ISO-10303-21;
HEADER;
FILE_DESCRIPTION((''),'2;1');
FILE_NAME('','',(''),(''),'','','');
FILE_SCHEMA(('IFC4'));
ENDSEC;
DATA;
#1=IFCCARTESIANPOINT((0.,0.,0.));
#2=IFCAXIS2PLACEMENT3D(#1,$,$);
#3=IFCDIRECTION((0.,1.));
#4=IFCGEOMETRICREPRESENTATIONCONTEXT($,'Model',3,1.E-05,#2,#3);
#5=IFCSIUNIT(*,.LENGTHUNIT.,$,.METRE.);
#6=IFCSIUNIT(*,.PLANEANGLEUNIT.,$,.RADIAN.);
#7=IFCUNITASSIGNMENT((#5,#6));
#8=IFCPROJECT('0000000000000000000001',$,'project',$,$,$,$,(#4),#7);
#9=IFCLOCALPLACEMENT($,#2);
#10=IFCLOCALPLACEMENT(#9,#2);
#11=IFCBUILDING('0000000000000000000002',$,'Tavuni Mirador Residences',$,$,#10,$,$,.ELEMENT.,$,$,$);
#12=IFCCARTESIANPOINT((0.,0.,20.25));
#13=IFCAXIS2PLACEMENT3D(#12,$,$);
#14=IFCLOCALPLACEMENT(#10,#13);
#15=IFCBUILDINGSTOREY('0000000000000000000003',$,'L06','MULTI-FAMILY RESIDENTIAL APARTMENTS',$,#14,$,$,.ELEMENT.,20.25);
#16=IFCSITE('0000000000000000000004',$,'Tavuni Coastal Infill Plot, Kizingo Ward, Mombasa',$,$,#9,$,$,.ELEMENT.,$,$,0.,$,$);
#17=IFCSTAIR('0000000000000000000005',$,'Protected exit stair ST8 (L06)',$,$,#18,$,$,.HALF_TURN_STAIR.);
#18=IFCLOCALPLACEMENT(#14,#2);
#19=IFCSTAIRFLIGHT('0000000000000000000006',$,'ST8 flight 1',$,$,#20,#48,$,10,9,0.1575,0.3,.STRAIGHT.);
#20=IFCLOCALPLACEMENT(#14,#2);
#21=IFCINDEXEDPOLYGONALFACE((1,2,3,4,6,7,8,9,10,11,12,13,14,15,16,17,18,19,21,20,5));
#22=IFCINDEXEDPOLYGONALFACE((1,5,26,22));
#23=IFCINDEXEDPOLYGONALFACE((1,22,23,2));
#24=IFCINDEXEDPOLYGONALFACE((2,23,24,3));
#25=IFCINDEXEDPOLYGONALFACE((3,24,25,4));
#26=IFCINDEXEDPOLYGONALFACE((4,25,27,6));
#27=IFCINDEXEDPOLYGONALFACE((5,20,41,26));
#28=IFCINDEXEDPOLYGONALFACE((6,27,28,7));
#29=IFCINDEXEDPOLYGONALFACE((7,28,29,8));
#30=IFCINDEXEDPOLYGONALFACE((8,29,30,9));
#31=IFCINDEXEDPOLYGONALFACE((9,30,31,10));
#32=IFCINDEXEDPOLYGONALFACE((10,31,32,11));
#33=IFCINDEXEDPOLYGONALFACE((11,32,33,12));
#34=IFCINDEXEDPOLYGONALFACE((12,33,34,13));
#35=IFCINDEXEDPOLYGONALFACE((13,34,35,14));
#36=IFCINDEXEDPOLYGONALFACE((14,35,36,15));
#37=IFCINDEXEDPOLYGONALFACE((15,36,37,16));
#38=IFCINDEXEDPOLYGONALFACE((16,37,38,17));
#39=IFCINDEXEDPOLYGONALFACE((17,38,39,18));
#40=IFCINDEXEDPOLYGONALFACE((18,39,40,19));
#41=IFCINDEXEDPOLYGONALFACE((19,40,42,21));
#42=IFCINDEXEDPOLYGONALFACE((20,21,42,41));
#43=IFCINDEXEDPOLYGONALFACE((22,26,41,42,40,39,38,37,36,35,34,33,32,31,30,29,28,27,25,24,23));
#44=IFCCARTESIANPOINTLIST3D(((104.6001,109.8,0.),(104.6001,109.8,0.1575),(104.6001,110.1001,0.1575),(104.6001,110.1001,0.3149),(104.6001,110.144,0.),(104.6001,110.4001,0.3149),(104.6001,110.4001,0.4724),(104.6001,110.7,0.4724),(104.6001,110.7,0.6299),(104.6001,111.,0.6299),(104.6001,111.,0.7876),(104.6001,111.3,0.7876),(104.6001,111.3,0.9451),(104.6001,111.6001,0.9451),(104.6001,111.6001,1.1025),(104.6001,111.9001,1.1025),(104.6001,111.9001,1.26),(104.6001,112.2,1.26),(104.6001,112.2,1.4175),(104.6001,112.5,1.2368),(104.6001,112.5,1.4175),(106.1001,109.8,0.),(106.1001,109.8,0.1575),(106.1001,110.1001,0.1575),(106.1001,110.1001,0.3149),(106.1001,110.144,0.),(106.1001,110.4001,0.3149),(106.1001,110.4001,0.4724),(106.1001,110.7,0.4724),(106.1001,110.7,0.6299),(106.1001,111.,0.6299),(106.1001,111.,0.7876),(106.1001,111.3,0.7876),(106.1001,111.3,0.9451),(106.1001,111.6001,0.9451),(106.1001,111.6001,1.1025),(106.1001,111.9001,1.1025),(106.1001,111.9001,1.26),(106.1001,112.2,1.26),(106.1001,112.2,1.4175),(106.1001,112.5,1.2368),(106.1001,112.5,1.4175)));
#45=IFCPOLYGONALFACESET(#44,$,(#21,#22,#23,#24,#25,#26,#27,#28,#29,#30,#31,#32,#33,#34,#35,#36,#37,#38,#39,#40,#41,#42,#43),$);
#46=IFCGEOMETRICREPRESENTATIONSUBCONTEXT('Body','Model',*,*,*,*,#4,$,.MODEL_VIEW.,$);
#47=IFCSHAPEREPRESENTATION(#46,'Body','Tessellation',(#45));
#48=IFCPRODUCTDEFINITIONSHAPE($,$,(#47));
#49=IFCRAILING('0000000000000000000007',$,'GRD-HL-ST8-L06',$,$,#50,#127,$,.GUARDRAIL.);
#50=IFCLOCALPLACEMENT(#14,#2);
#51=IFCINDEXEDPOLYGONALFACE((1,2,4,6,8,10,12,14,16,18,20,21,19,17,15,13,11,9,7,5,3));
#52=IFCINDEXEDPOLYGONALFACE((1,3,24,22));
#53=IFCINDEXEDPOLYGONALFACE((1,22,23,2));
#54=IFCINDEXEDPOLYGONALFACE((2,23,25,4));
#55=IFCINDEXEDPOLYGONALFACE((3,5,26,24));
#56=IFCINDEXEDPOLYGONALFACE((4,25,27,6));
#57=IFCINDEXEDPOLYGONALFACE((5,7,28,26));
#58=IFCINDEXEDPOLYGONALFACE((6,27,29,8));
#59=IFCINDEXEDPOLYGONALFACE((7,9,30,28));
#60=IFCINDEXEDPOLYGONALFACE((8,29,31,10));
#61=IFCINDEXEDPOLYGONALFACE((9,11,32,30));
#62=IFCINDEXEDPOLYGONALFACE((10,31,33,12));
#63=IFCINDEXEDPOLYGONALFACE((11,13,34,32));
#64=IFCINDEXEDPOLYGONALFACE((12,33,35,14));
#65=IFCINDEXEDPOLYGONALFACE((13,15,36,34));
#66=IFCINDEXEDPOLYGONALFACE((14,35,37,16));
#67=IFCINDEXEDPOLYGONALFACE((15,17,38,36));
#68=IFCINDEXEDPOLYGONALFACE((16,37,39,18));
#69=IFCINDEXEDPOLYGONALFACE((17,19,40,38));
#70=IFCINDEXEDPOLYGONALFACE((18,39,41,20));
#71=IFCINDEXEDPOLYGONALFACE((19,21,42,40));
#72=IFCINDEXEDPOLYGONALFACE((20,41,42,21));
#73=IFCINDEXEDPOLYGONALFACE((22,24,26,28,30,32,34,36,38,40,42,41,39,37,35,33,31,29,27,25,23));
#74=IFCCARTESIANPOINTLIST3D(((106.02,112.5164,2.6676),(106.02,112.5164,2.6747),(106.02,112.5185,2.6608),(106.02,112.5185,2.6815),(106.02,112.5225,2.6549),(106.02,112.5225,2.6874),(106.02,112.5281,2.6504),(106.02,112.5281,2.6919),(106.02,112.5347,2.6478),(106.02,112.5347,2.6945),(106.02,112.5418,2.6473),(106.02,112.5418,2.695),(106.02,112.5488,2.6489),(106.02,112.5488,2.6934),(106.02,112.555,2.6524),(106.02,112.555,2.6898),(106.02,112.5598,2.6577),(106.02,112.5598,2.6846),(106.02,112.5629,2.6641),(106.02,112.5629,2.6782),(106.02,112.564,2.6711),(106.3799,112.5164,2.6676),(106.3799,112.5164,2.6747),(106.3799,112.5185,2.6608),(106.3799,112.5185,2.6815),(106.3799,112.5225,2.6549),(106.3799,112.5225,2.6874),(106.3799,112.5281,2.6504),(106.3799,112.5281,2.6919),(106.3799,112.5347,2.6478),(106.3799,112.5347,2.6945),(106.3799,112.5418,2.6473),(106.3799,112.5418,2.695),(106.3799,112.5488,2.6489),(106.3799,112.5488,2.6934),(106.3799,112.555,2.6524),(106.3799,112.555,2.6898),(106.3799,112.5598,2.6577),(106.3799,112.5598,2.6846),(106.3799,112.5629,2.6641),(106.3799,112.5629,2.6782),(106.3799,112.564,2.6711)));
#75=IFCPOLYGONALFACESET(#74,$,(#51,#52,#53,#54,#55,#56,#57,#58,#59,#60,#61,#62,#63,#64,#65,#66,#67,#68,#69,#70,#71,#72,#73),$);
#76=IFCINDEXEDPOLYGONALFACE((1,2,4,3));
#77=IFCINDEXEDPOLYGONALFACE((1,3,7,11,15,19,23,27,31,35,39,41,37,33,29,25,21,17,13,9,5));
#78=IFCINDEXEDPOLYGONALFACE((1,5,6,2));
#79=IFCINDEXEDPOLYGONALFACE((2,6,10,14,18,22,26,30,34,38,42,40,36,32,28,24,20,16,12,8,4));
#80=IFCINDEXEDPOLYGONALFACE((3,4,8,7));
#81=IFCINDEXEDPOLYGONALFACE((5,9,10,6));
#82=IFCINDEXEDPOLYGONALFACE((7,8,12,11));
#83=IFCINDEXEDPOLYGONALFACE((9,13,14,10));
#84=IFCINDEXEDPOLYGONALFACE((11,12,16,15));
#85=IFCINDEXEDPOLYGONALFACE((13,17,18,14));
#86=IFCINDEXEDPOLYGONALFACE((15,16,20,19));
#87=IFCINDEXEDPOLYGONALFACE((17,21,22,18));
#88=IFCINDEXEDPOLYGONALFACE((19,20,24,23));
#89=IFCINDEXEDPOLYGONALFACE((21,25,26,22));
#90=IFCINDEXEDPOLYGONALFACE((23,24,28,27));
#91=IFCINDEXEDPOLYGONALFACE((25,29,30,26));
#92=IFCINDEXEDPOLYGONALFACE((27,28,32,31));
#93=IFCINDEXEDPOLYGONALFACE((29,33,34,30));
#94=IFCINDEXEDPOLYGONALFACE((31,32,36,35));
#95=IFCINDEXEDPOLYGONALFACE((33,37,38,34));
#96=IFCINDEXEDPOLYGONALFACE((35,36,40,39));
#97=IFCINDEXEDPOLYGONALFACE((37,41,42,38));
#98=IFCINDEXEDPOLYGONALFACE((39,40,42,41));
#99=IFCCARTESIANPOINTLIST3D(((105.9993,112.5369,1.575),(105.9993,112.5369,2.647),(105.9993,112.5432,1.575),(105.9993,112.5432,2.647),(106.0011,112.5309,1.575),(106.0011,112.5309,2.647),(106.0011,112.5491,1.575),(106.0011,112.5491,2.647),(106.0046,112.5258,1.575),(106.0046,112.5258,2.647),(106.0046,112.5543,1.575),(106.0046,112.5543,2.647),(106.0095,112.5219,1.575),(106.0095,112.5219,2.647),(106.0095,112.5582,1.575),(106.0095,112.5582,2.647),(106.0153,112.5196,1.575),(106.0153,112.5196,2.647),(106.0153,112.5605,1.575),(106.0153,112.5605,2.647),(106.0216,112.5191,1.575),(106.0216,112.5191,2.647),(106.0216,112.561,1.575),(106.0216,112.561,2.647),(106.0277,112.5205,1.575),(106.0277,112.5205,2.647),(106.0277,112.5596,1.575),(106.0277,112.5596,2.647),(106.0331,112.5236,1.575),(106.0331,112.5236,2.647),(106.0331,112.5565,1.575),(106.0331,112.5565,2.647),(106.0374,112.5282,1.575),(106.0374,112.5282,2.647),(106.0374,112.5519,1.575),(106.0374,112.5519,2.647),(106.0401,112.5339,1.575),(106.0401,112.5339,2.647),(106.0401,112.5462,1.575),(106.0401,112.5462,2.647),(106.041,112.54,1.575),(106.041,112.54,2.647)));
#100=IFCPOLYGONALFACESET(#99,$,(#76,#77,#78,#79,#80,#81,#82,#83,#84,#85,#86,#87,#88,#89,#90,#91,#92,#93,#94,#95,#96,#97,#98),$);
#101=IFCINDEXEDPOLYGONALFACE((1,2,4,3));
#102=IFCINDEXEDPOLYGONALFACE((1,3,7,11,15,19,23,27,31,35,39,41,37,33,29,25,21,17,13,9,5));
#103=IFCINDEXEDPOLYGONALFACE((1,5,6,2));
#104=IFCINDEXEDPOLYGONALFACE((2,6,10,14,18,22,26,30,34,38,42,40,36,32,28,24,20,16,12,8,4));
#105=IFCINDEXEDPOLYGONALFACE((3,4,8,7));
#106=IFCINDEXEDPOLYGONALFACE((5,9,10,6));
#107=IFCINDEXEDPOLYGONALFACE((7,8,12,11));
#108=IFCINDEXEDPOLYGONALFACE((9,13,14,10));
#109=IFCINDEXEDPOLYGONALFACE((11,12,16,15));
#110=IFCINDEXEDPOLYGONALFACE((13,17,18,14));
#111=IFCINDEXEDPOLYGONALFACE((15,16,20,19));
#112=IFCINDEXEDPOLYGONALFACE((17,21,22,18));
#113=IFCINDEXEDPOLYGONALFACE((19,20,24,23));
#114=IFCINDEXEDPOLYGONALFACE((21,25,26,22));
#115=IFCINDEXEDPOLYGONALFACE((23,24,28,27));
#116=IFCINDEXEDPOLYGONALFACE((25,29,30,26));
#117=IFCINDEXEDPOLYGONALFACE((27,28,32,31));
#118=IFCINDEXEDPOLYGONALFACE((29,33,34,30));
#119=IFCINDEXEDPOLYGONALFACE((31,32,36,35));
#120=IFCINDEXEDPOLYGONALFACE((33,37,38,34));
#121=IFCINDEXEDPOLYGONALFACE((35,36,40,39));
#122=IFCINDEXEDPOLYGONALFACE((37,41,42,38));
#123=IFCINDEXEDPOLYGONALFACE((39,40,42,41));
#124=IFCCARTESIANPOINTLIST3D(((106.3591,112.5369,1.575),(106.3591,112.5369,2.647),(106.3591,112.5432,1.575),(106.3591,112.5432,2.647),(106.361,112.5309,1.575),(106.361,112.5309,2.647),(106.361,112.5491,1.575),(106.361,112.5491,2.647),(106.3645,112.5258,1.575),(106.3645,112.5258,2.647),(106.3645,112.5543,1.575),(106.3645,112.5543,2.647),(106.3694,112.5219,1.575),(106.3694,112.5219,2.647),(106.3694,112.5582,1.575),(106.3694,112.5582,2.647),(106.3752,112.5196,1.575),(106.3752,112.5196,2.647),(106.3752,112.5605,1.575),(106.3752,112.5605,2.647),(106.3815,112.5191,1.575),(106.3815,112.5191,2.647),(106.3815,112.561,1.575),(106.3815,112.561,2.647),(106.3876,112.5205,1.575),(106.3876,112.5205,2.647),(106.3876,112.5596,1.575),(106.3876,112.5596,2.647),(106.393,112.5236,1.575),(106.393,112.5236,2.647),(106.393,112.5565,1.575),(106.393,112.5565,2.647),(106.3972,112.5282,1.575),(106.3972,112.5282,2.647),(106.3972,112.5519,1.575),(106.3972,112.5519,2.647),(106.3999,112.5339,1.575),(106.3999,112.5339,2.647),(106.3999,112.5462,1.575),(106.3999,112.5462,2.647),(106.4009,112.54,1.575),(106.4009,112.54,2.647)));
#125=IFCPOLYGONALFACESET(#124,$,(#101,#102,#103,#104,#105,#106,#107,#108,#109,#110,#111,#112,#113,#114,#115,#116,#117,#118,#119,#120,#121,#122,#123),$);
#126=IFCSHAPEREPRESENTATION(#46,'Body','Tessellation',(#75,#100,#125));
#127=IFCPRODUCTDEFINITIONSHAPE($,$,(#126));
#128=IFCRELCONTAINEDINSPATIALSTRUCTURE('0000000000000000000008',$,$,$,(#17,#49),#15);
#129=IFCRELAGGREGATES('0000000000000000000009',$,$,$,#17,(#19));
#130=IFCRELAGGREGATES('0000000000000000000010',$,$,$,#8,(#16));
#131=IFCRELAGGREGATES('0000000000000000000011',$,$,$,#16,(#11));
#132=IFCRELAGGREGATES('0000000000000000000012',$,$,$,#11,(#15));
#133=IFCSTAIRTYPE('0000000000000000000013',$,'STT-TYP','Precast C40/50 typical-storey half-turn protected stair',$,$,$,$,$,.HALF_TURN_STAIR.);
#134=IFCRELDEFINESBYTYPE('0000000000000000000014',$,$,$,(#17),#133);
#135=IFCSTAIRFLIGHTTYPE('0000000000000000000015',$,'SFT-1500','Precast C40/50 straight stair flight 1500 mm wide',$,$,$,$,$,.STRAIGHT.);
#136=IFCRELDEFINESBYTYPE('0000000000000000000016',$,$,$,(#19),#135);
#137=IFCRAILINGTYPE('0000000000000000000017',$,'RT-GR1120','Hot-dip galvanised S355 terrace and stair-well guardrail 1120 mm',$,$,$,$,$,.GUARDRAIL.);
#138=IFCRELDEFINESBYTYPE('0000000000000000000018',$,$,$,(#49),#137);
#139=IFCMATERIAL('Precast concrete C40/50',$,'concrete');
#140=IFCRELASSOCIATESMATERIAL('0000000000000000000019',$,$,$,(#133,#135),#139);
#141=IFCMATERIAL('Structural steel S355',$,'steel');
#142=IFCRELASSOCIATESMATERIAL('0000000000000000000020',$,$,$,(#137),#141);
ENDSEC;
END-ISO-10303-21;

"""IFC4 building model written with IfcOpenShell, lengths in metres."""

from ifc_helpers import new_model, si_unit, direction, frame, origin, origin_2d, place, context, subcontext, project, spatial, polyline, circle, outline, extrude, material, type_object, element, aggregate, save


model = new_model("IFC4")

# Units and contexts
model_context = context("Model", 3, precision=1e-05, world=origin(), true_north=direction((0.0, 1.0)))
body_context = subcontext(model_context, "Body", "Model", "MODEL_VIEW")
ifc_project = project(units=[si_unit("LENGTHUNIT", "METRE"), si_unit("PLANEANGLEUNIT", "RADIAN")], contexts=[model_context])

# Site, building, storey
site_placement = place(None, origin())
site = spatial("IfcSite", under=ifc_project, at=site_placement, Name="Tavuni Coastal Infill Plot, Kizingo Ward, Mombasa", CompositionType="ELEMENT", RefElevation=0.0)
building_placement = place(site_placement, origin())
building = spatial("IfcBuilding", under=site, at=building_placement, Name="Tavuni Mirador Residences", CompositionType="ELEMENT")
storey_placement = place(building_placement, frame((0.0, 0.0, 20.25)))
storey = spatial("IfcBuildingStorey", under=building, at=storey_placement, Name="L06", Description="MULTI-FAMILY RESIDENTIAL APARTMENTS", CompositionType="ELEMENT", Elevation=20.25)

# Shared definitions
ifc_material_1 = material(Name="Precast concrete C40/50", Category="concrete")

# Stair, stair flight
stair_type = type_object("IfcStairType", Name="STT-TYP", Description="Precast C40/50 typical-storey half-turn protected stair", PredefinedType="HALF_TURN_STAIR", material=ifc_material_1)
stair_placement = place(storey_placement, origin())
stair = element("IfcStair", 1, at=stair_placement, inside=storey, type_object=stair_type, Name="Protected exit stair ST8 (L06)", PredefinedType="HALF_TURN_STAIR")
stair_flight_type = type_object("IfcStairFlightType", Name="SFT-1500", Description="Precast C40/50 straight stair flight 1500 mm wide", PredefinedType="STRAIGHT", material=ifc_material_1)
stair_flight_placement = place(storey_placement, frame((105.3501, 109.8, 0.0), z_axis=(0.0, 0.0, 1.0), x_axis=(0.0, 1.0, 0.0)))
stair_flight = element("IfcStairFlight", 2, at=stair_flight_placement, type_object=stair_flight_type, Name="ST8 flight 1", NumberOfRisers=10, NumberOfTreads=9, PredefinedType="STRAIGHT", RiserHeight=0.1575, TreadLength=0.3, context=body_context, shape_type="SweptSolid", body=[
    extrude(outline(polyline([(0.0, 0.0), (0.0, 0.1575), (0.3, 0.1575), (0.3, 0.3149), (0.6001, 0.3149), (0.6001, 0.4724), (0.8999, 0.4724), (0.8999, 0.6299), (1.2, 0.6299), (1.2, 0.7876), (1.5, 0.7876), (1.5, 0.9451), (1.8, 0.9451), (1.8, 1.1025), (2.1001, 1.1025), (2.1001, 1.26), (2.3999, 1.26), (2.3999, 1.4175), (2.7, 1.4175), (2.7, 1.575), (2.7, 1.2368), (0.344, 0.0), (0.0, 0.0)])), frame((0.0, 0.75, 0.0), z_axis=(0.0, -1.0, 0.0), x_axis=(1.0, 0.0, 0.0)), (0.0, 0.0, 1.0), 1.5),
])
aggregate(stair, [stair_flight])

# Railing
ifc_material_2 = material(Name="Structural steel S355", Category="steel")
railing_type_1 = type_object("IfcRailingType", Name="RT-GR1120", Description="Hot-dip galvanised S355 terrace and stair-well guardrail 1120 mm", PredefinedType="GUARDRAIL", material=ifc_material_2)
railing_1_placement = place(storey_placement, frame((106.02, 112.54, 1.575)))
element("IfcRailing", 3, at=railing_1_placement, inside=storey, type_object=railing_type_1, Name="GRD-HL-ST8-L06", PredefinedType="GUARDRAIL", context=body_context, shape_type="SweptSolid", body=[
    extrude(circle(Radius=0.0239, at=origin_2d()), frame((0.0, 0.0, 1.0962), z_axis=(1.0, 0.0, 0.0), x_axis=(0.0, 1.0, 0.0)), (0.0, 0.0, 1.0), 0.3599),
    extrude(circle(Radius=0.021, at=origin_2d()), origin(), (0.0, 0.0, 1.0), 1.072),
    extrude(circle(Radius=0.021, at=origin_2d()), frame((0.3599, 0.0, 0.0)), (0.0, 0.0, 1.0), 1.072),
])

save(model, "model.ifc")
